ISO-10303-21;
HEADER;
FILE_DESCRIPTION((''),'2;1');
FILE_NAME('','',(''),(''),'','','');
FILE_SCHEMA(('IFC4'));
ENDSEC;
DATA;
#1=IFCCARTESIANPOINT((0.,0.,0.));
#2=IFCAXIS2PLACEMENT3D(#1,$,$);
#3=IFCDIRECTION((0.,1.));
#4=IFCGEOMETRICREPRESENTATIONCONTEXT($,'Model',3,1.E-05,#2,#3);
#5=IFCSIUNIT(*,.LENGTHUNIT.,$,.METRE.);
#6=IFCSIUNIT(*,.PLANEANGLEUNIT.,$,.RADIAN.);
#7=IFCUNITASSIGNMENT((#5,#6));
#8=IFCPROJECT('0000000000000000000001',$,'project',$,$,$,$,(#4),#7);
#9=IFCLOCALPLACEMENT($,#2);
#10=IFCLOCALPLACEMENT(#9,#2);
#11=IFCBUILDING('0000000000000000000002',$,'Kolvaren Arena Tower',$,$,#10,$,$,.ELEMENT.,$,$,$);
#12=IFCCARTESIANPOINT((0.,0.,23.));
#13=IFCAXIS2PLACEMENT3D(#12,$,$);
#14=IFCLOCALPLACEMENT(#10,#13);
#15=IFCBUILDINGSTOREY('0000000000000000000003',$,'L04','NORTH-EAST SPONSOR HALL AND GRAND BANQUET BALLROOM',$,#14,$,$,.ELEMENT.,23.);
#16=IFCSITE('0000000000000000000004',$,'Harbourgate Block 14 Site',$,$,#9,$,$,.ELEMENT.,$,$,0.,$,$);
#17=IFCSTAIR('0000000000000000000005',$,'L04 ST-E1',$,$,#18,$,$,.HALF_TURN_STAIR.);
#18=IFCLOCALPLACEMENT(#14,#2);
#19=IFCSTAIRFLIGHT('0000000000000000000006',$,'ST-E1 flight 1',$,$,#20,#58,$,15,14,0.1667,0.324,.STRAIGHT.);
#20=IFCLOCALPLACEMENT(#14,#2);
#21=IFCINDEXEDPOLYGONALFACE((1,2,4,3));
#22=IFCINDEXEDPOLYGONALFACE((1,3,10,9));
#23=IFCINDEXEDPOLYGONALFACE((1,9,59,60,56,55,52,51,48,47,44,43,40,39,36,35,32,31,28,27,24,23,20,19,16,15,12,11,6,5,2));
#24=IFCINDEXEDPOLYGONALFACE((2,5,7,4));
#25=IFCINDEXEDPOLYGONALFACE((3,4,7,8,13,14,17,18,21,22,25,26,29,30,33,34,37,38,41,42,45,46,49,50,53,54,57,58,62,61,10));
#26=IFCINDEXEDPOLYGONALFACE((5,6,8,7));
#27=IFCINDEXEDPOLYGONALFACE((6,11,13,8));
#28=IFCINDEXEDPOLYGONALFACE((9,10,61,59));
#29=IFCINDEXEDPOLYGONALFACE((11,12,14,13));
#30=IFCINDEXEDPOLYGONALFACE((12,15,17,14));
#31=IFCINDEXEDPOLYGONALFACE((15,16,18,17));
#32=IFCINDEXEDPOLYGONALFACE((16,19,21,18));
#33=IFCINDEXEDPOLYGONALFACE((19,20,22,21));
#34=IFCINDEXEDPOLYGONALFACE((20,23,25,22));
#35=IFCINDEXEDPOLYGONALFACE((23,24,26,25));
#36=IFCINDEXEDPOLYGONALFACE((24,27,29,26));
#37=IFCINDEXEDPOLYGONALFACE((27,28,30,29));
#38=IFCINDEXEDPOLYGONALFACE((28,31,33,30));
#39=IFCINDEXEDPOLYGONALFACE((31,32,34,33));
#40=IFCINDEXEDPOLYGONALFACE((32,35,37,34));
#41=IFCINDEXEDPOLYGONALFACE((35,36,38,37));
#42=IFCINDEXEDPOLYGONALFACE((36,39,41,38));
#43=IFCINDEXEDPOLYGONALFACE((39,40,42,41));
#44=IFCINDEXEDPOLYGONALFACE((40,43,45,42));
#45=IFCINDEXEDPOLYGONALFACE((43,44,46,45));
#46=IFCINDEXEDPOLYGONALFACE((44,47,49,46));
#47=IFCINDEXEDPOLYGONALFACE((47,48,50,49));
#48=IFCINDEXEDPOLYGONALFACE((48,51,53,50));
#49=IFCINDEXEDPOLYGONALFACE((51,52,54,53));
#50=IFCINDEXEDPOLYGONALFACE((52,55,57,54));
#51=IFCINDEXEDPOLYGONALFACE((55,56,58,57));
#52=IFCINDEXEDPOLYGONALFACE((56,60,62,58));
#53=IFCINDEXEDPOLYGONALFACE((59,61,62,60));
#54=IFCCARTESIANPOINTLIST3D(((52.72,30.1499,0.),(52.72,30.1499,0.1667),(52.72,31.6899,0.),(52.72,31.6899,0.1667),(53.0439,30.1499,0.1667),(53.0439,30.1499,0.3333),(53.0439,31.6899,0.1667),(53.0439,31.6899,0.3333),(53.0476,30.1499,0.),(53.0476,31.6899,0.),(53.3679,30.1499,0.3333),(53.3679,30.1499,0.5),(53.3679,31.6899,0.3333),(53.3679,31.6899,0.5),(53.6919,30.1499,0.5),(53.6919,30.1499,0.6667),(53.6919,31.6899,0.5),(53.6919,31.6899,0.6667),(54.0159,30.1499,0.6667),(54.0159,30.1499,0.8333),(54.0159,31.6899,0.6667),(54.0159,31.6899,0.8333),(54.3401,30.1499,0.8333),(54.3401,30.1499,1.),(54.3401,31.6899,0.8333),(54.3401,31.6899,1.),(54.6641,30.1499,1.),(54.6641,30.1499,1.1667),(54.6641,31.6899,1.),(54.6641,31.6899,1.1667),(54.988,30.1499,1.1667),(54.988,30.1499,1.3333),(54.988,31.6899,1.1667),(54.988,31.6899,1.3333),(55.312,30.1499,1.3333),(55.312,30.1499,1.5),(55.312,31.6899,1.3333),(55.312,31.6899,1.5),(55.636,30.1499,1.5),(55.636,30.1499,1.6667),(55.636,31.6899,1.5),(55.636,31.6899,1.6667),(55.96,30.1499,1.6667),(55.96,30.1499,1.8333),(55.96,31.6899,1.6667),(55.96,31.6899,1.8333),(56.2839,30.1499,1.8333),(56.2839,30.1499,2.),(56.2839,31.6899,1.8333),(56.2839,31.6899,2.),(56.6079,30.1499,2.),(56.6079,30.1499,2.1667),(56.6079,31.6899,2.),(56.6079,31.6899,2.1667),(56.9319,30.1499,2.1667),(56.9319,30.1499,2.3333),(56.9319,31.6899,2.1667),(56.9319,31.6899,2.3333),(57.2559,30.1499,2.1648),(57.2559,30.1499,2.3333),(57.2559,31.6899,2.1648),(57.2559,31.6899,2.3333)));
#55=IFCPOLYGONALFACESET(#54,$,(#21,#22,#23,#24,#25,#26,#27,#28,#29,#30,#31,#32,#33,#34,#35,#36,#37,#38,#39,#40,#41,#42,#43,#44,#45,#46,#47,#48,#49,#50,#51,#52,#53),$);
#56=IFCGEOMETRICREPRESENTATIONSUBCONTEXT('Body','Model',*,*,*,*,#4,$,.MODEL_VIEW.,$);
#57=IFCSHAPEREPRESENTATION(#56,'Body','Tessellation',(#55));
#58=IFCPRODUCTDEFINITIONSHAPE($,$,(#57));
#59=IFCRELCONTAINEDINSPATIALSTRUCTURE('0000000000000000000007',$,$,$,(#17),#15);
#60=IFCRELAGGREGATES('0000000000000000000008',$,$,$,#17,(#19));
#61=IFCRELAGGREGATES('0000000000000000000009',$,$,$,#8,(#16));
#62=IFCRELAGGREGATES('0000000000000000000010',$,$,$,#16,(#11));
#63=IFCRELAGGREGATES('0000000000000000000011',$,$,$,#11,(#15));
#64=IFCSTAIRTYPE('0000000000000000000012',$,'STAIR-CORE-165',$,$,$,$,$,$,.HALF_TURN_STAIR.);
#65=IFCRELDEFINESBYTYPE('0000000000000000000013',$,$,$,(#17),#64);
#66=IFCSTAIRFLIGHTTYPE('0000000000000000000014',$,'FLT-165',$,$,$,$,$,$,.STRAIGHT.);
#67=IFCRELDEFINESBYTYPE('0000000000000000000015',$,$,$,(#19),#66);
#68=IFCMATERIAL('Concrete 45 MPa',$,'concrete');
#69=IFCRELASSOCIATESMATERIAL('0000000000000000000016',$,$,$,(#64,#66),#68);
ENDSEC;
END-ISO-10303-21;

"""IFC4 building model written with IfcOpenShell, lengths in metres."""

from ifc_helpers import new_model, si_unit, direction, frame, origin, place, context, subcontext, project, spatial, polyline, outline, extrude, material, type_object, element, aggregate, save


model = new_model("IFC4")

# Units and contexts
model_context = context("Model", 3, precision=1e-05, world=origin(), true_north=direction((0.0, 1.0)))
body_context = subcontext(model_context, "Body", "Model", "MODEL_VIEW")
ifc_project = project(units=[si_unit("LENGTHUNIT", "METRE"), si_unit("PLANEANGLEUNIT", "RADIAN")], contexts=[model_context])

# Site, building, storey
site_placement = place(None, origin())
site = spatial("IfcSite", under=ifc_project, at=site_placement, Name="Harbourgate Block 14 Site", CompositionType="ELEMENT", RefElevation=0.0)
building_placement = place(site_placement, origin())
building = spatial("IfcBuilding", under=site, at=building_placement, Name="Kolvaren Arena Tower", CompositionType="ELEMENT")
storey_placement = place(building_placement, frame((0.0, 0.0, 23.0)))
storey = spatial("IfcBuildingStorey", under=building, at=storey_placement, Name="L04", Description="NORTH-EAST SPONSOR HALL AND GRAND BANQUET BALLROOM", CompositionType="ELEMENT", Elevation=23.0)

# Shared definitions
ifc_material_1 = material(Name="Concrete 45 MPa", Category="concrete")

# Stair, stair flight
stair_type_1 = type_object("IfcStairType", Name="STAIR-CORE-165", PredefinedType="HALF_TURN_STAIR", material=ifc_material_1)
stair_1_placement = place(storey_placement, origin())
stair_1 = element("IfcStair", 1, at=stair_1_placement, inside=storey, type_object=stair_type_1, Name="L04 ST-E1", PredefinedType="HALF_TURN_STAIR")
stair_flight_type_1 = type_object("IfcStairFlightType", Name="FLT-165", PredefinedType="STRAIGHT", material=ifc_material_1)
stair_flight_1_placement = place(storey_placement, frame((52.72, 30.9199, 0.0), z_axis=(0.0, 0.0, 1.0), x_axis=(1.0, 0.0, 0.0)))
stair_flight_1 = element("IfcStairFlight", 2, at=stair_flight_1_placement, type_object=stair_flight_type_1, Name="ST-E1 flight 1", NumberOfRisers=15, NumberOfTreads=14, PredefinedType="STRAIGHT", RiserHeight=0.1667, TreadLength=0.324, context=body_context, shape_type="SweptSolid", body=[
    extrude(outline(polyline([(0.0, 0.0), (0.0, 0.1667), (0.324, 0.1667), (0.324, 0.3333), (0.6479, 0.3333), (0.6479, 0.5), (0.9719, 0.5), (0.9719, 0.6667), (1.2959, 0.6667), (1.2959, 0.8333), (1.6201, 0.8333), (1.6201, 1.0), (1.9441, 1.0), (1.9441, 1.1667), (2.2681, 1.1667), (2.2681, 1.3333), (2.592, 1.3333), (2.592, 1.5), (2.916, 1.5), (2.916, 1.6667), (3.24, 1.6667), (3.24, 1.8333), (3.564, 1.8333), (3.564, 2.0), (3.8879, 2.0), (3.8879, 2.1667), (4.2119, 2.1667), (4.2119, 2.3333), (4.5359, 2.3333), (4.5359, 2.5), (4.5359, 2.1648), (0.3276, 0.0), (0.0, 0.0)])), frame((0.0, 0.77, 0.0), z_axis=(0.0, -1.0, 0.0), x_axis=(1.0, 0.0, 0.0)), (0.0, 0.0, 1.0), 1.54),
])
aggregate(stair_1, [stair_flight_1])

save(model, "model.ifc")
